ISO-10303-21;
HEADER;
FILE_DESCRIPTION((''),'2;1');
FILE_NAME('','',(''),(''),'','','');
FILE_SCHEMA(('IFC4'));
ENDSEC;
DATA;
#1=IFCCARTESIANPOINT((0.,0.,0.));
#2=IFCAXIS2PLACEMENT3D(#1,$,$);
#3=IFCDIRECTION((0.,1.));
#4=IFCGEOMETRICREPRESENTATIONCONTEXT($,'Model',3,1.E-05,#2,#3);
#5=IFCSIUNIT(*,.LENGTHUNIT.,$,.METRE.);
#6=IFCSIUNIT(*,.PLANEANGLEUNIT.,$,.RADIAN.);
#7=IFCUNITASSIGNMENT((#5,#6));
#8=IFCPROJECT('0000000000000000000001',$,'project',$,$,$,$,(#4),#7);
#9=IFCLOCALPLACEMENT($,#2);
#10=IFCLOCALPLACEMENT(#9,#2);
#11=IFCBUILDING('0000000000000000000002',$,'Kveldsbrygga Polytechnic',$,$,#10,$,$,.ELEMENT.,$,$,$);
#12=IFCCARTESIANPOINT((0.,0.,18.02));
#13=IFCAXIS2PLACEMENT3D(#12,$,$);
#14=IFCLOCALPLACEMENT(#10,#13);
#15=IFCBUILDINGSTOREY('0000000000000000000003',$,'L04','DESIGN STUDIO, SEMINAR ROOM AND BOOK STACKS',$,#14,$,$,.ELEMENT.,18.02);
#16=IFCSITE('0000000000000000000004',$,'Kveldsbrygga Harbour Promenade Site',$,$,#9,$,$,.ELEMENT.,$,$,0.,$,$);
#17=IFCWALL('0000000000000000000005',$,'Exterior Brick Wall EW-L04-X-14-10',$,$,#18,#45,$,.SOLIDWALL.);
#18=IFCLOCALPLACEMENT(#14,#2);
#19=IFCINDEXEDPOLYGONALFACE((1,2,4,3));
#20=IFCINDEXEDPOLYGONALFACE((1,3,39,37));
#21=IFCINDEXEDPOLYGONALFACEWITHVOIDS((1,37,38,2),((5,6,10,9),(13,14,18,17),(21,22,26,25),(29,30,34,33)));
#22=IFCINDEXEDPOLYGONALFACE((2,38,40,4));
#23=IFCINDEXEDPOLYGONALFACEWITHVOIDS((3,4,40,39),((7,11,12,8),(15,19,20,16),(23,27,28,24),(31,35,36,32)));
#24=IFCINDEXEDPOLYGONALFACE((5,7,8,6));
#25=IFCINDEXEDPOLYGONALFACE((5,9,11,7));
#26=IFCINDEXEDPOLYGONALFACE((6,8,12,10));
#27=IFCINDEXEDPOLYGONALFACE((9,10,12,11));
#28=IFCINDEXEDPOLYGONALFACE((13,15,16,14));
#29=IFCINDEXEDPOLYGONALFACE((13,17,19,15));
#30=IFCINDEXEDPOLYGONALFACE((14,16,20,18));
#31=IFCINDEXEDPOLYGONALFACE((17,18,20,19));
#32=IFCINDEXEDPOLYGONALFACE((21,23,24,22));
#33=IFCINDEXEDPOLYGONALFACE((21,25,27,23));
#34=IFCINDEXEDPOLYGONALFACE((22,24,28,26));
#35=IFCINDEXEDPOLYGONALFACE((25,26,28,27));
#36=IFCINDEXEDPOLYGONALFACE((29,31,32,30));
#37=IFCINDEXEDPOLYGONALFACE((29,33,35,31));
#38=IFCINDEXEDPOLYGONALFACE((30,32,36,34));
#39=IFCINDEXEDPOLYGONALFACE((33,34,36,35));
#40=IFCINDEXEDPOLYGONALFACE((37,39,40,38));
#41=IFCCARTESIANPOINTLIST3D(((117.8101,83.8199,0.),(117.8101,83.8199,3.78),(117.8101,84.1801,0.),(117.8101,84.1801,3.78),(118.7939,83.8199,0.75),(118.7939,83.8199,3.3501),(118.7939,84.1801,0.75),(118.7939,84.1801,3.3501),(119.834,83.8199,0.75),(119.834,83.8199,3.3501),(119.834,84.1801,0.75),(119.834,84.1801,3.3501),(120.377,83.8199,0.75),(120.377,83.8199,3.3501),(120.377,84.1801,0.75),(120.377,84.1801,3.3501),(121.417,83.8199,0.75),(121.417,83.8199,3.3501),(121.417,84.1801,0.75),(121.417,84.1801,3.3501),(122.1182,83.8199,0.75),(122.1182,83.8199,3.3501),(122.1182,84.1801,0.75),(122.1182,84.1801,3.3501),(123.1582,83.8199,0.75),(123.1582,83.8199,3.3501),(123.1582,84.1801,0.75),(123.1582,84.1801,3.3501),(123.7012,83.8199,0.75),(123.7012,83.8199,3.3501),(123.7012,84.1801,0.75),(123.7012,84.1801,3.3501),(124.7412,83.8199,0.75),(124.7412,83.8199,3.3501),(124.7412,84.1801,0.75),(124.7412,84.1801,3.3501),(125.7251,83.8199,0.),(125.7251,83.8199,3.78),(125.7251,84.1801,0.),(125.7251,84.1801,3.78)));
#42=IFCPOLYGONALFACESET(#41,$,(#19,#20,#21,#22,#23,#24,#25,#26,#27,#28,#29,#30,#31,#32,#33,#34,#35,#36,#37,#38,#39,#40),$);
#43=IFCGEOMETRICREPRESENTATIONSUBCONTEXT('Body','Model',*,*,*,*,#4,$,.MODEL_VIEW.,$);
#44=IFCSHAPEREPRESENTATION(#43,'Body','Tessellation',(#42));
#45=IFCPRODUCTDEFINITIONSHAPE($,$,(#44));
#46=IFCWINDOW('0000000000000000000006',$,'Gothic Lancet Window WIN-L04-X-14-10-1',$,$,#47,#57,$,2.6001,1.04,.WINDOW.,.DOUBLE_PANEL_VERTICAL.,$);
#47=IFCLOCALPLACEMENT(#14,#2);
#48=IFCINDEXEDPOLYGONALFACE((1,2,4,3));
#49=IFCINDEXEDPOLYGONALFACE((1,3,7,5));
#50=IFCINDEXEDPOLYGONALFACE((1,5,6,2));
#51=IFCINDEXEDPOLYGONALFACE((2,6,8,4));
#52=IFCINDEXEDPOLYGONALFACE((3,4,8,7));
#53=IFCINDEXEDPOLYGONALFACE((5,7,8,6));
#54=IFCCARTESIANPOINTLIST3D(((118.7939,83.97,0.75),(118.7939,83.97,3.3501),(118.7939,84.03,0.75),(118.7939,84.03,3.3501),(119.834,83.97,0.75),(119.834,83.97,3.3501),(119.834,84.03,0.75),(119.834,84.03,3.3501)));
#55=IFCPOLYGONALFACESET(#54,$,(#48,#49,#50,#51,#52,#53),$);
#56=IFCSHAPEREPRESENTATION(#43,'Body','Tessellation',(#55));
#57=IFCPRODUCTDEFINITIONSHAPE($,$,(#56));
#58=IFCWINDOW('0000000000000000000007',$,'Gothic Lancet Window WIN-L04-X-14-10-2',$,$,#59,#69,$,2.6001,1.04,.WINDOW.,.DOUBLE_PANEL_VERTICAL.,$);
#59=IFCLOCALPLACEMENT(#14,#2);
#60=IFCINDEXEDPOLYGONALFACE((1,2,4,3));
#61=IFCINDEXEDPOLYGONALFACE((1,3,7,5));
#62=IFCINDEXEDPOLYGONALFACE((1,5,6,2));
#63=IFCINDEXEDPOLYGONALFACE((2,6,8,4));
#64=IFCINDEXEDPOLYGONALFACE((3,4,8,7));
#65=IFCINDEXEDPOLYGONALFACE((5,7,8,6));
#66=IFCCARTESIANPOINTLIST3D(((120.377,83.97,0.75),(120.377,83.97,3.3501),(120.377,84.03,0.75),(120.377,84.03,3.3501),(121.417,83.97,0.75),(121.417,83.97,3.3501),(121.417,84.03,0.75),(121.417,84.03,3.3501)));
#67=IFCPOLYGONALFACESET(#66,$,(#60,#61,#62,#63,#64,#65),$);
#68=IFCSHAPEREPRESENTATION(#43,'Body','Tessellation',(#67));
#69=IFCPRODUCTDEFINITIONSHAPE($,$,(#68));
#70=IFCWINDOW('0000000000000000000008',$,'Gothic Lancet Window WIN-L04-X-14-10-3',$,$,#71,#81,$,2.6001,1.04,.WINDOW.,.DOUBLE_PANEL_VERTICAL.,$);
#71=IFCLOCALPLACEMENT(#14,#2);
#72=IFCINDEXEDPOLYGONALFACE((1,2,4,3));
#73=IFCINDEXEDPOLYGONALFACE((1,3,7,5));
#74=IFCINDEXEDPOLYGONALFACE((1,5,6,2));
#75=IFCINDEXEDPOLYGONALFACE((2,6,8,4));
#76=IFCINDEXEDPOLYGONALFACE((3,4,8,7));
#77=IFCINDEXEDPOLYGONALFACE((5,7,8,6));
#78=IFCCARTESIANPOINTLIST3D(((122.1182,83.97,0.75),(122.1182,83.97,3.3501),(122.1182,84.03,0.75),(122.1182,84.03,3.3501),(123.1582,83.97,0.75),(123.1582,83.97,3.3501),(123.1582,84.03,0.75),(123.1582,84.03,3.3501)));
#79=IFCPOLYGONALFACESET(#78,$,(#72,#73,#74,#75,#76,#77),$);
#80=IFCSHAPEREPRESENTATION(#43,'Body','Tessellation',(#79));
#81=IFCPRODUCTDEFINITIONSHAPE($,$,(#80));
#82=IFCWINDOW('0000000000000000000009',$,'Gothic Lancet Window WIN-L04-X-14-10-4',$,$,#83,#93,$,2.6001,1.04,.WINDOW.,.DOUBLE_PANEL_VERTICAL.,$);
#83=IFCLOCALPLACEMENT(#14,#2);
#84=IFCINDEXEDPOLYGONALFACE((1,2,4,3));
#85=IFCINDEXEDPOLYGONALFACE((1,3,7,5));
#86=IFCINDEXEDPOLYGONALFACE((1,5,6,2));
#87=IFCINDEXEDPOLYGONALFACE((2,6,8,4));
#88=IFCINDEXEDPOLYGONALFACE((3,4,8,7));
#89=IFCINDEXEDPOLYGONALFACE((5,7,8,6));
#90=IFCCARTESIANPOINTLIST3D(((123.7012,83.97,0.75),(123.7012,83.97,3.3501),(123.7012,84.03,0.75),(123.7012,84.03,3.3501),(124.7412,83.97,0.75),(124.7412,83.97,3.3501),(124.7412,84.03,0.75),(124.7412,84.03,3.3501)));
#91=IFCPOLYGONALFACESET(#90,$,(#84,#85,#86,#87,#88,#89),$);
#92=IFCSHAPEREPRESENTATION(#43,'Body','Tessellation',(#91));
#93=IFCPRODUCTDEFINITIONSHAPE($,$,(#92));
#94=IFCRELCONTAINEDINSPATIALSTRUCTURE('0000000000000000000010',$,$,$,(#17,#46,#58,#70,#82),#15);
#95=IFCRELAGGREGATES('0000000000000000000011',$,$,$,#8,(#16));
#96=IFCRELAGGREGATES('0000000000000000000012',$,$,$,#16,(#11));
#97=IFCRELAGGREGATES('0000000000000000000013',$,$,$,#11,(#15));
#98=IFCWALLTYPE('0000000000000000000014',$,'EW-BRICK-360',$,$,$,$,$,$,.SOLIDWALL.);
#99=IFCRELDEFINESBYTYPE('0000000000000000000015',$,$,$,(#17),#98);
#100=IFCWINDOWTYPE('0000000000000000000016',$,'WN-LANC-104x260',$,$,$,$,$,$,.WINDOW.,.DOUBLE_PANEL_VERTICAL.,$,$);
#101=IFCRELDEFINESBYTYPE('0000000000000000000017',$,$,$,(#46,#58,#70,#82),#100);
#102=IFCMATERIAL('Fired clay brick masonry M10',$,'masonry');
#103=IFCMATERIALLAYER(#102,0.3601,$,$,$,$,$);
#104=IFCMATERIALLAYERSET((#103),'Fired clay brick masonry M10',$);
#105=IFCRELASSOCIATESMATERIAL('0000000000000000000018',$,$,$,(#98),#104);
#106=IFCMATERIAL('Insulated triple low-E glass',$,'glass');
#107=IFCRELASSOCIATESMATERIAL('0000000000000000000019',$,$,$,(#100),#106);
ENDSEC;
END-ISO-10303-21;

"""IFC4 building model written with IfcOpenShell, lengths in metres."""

from ifc_helpers import new_model, si_unit, direction, frame, frame_2d, origin, place, context, subcontext, project, spatial, rectangle, extrude, material, layer, layer_set, type_object, element, fill, save


model = new_model("IFC4")

# Units and contexts
model_context = context("Model", 3, precision=1e-05, world=origin(), true_north=direction((0.0, 1.0)))
body_context = subcontext(model_context, "Body", "Model", "MODEL_VIEW")
ifc_project = project(units=[si_unit("LENGTHUNIT", "METRE"), si_unit("PLANEANGLEUNIT", "RADIAN")], contexts=[model_context])

# Site, building, storey
site_placement = place(None, origin())
site = spatial("IfcSite", under=ifc_project, at=site_placement, Name="Kveldsbrygga Harbour Promenade Site", CompositionType="ELEMENT", RefElevation=0.0)
building_placement = place(site_placement, origin())
building = spatial("IfcBuilding", under=site, at=building_placement, Name="Kveldsbrygga Polytechnic", CompositionType="ELEMENT")
storey_placement = place(building_placement, frame((0.0, 0.0, 18.02)))
storey = spatial("IfcBuildingStorey", under=building, at=storey_placement, Name="L04", Description="DESIGN STUDIO, SEMINAR ROOM AND BOOK STACKS", CompositionType="ELEMENT", Elevation=18.02)

# Shared definitions
ifc_material_1 = material(Name="Insulated triple low-E glass", Category="glass")

# Wall, openings, windows
ifc_material_2 = material(Name="Fired clay brick masonry M10", Category="masonry")
ifc_layer_1 = layer(ifc_material_2, 0.3601)
ifc_layer_set_1 = layer_set([ifc_layer_1], Name="Fired clay brick masonry M10")
wall_type = type_object("IfcWallType", Name="EW-BRICK-360", PredefinedType="SOLIDWALL", material=ifc_layer_set_1)
wall_placement = place(storey_placement, frame((117.8101, 84.0, 0.0), z_axis=(0.0, 0.0, 1.0), x_axis=(1.0, 0.0, 0.0)))
wall = element("IfcWall", 1, at=wall_placement, inside=storey, type_object=wall_type, Name="Exterior Brick Wall EW-L04-X-14-10", PredefinedType="SOLIDWALL", context=body_context, shape_type="SweptSolid", body=[
    extrude(rectangle(XDim=7.915, YDim=0.3601, at=frame_2d((3.9575, 0.0))), origin(), (0.0, 0.0, 1.0), 3.78),
])
opening_1_placement = place(wall_placement, frame((0.9839, 0.0, 0.75)))
opening_1 = element("IfcOpeningElement", 2, at=opening_1_placement, cuts=wall, PredefinedType="OPENING", context=body_context, shape_type="SweptSolid", body=[
    extrude(rectangle(XDim=1.04, YDim=2.6001, at=frame_2d((0.52, 1.3))), frame((0.0, 0.1899, 0.0), z_axis=(0.0, -1.0, 0.0), x_axis=(1.0, 0.0, 0.0)), (0.0, 0.0, 1.0), 0.3801),
])
opening_2_placement = place(wall_placement, frame((2.5669, 0.0, 0.75)))
opening_2 = element("IfcOpeningElement", 3, at=opening_2_placement, cuts=wall, PredefinedType="OPENING", context=body_context, shape_type="SweptSolid", body=[
    extrude(rectangle(XDim=1.04, YDim=2.6001, at=frame_2d((0.52, 1.3))), frame((0.0, 0.1899, 0.0), z_axis=(0.0, -1.0, 0.0), x_axis=(1.0, 0.0, 0.0)), (0.0, 0.0, 1.0), 0.3801),
])
opening_3_placement = place(wall_placement, frame((4.3081, 0.0, 0.75)))
opening_3 = element("IfcOpeningElement", 4, at=opening_3_placement, cuts=wall, PredefinedType="OPENING", context=body_context, shape_type="SweptSolid", body=[
    extrude(rectangle(XDim=1.04, YDim=2.6001, at=frame_2d((0.52, 1.3))), frame((0.0, 0.1899, 0.0), z_axis=(0.0, -1.0, 0.0), x_axis=(1.0, 0.0, 0.0)), (0.0, 0.0, 1.0), 0.3801),
])
opening_4_placement = place(wall_placement, frame((5.8911, 0.0, 0.75)))
opening_4 = element("IfcOpeningElement", 5, at=opening_4_placement, cuts=wall, PredefinedType="OPENING", context=body_context, shape_type="SweptSolid", body=[
    extrude(rectangle(XDim=1.04, YDim=2.6001, at=frame_2d((0.52, 1.3))), frame((0.0, 0.1899, 0.0), z_axis=(0.0, -1.0, 0.0), x_axis=(1.0, 0.0, 0.0)), (0.0, 0.0, 1.0), 0.3801),
])
window_type = type_object("IfcWindowType", Name="WN-LANC-104x260", PartitioningType="DOUBLE_PANEL_VERTICAL", PredefinedType="WINDOW", material=ifc_material_1)
window_1_placement = place(opening_1_placement, origin())
window_1 = element("IfcWindow", 6, at=window_1_placement, inside=storey, type_object=window_type, Name="Gothic Lancet Window WIN-L04-X-14-10-1", OverallHeight=2.6001, OverallWidth=1.04, PartitioningType="DOUBLE_PANEL_VERTICAL", PredefinedType="WINDOW", context=body_context, shape_type="SweptSolid", body=[
    extrude(rectangle(XDim=1.04, YDim=2.6001, at=frame_2d((0.52, 1.3))), frame((0.0, 0.03, 0.0), z_axis=(0.0, -1.0, 0.0), x_axis=(1.0, 0.0, 0.0)), (0.0, 0.0, 1.0), 0.0601),
])
fill(opening_1, window_1)
window_2_placement = place(opening_2_placement, origin())
window_2 = element("IfcWindow", 7, at=window_2_placement, inside=storey, type_object=window_type, Name="Gothic Lancet Window WIN-L04-X-14-10-2", OverallHeight=2.6001, OverallWidth=1.04, PartitioningType="DOUBLE_PANEL_VERTICAL", PredefinedType="WINDOW", context=body_context, shape_type="SweptSolid", body=[
    extrude(rectangle(XDim=1.04, YDim=2.6001, at=frame_2d((0.52, 1.3))), frame((0.0, 0.03, 0.0), z_axis=(0.0, -1.0, 0.0), x_axis=(1.0, 0.0, 0.0)), (0.0, 0.0, 1.0), 0.0601),
])
fill(opening_2, window_2)
window_3_placement = place(opening_3_placement, origin())
window_3 = element("IfcWindow", 8, at=window_3_placement, inside=storey, type_object=window_type, Name="Gothic Lancet Window WIN-L04-X-14-10-3", OverallHeight=2.6001, OverallWidth=1.04, PartitioningType="DOUBLE_PANEL_VERTICAL", PredefinedType="WINDOW", context=body_context, shape_type="SweptSolid", body=[
    extrude(rectangle(XDim=1.04, YDim=2.6001, at=frame_2d((0.52, 1.3))), frame((0.0, 0.03, 0.0), z_axis=(0.0, -1.0, 0.0), x_axis=(1.0, 0.0, 0.0)), (0.0, 0.0, 1.0), 0.0601),
])
fill(opening_3, window_3)
window_4_placement = place(opening_4_placement, origin())
window_4 = element("IfcWindow", 9, at=window_4_placement, inside=storey, type_object=window_type, Name="Gothic Lancet Window WIN-L04-X-14-10-4", OverallHeight=2.6001, OverallWidth=1.04, PartitioningType="DOUBLE_PANEL_VERTICAL", PredefinedType="WINDOW", context=body_context, shape_type="SweptSolid", body=[
    extrude(rectangle(XDim=1.04, YDim=2.6001, at=frame_2d((0.52, 1.3))), frame((0.0, 0.03, 0.0), z_axis=(0.0, -1.0, 0.0), x_axis=(1.0, 0.0, 0.0)), (0.0, 0.0, 1.0), 0.0601),
])
fill(opening_4, window_4)

save(model, "model.ifc")
